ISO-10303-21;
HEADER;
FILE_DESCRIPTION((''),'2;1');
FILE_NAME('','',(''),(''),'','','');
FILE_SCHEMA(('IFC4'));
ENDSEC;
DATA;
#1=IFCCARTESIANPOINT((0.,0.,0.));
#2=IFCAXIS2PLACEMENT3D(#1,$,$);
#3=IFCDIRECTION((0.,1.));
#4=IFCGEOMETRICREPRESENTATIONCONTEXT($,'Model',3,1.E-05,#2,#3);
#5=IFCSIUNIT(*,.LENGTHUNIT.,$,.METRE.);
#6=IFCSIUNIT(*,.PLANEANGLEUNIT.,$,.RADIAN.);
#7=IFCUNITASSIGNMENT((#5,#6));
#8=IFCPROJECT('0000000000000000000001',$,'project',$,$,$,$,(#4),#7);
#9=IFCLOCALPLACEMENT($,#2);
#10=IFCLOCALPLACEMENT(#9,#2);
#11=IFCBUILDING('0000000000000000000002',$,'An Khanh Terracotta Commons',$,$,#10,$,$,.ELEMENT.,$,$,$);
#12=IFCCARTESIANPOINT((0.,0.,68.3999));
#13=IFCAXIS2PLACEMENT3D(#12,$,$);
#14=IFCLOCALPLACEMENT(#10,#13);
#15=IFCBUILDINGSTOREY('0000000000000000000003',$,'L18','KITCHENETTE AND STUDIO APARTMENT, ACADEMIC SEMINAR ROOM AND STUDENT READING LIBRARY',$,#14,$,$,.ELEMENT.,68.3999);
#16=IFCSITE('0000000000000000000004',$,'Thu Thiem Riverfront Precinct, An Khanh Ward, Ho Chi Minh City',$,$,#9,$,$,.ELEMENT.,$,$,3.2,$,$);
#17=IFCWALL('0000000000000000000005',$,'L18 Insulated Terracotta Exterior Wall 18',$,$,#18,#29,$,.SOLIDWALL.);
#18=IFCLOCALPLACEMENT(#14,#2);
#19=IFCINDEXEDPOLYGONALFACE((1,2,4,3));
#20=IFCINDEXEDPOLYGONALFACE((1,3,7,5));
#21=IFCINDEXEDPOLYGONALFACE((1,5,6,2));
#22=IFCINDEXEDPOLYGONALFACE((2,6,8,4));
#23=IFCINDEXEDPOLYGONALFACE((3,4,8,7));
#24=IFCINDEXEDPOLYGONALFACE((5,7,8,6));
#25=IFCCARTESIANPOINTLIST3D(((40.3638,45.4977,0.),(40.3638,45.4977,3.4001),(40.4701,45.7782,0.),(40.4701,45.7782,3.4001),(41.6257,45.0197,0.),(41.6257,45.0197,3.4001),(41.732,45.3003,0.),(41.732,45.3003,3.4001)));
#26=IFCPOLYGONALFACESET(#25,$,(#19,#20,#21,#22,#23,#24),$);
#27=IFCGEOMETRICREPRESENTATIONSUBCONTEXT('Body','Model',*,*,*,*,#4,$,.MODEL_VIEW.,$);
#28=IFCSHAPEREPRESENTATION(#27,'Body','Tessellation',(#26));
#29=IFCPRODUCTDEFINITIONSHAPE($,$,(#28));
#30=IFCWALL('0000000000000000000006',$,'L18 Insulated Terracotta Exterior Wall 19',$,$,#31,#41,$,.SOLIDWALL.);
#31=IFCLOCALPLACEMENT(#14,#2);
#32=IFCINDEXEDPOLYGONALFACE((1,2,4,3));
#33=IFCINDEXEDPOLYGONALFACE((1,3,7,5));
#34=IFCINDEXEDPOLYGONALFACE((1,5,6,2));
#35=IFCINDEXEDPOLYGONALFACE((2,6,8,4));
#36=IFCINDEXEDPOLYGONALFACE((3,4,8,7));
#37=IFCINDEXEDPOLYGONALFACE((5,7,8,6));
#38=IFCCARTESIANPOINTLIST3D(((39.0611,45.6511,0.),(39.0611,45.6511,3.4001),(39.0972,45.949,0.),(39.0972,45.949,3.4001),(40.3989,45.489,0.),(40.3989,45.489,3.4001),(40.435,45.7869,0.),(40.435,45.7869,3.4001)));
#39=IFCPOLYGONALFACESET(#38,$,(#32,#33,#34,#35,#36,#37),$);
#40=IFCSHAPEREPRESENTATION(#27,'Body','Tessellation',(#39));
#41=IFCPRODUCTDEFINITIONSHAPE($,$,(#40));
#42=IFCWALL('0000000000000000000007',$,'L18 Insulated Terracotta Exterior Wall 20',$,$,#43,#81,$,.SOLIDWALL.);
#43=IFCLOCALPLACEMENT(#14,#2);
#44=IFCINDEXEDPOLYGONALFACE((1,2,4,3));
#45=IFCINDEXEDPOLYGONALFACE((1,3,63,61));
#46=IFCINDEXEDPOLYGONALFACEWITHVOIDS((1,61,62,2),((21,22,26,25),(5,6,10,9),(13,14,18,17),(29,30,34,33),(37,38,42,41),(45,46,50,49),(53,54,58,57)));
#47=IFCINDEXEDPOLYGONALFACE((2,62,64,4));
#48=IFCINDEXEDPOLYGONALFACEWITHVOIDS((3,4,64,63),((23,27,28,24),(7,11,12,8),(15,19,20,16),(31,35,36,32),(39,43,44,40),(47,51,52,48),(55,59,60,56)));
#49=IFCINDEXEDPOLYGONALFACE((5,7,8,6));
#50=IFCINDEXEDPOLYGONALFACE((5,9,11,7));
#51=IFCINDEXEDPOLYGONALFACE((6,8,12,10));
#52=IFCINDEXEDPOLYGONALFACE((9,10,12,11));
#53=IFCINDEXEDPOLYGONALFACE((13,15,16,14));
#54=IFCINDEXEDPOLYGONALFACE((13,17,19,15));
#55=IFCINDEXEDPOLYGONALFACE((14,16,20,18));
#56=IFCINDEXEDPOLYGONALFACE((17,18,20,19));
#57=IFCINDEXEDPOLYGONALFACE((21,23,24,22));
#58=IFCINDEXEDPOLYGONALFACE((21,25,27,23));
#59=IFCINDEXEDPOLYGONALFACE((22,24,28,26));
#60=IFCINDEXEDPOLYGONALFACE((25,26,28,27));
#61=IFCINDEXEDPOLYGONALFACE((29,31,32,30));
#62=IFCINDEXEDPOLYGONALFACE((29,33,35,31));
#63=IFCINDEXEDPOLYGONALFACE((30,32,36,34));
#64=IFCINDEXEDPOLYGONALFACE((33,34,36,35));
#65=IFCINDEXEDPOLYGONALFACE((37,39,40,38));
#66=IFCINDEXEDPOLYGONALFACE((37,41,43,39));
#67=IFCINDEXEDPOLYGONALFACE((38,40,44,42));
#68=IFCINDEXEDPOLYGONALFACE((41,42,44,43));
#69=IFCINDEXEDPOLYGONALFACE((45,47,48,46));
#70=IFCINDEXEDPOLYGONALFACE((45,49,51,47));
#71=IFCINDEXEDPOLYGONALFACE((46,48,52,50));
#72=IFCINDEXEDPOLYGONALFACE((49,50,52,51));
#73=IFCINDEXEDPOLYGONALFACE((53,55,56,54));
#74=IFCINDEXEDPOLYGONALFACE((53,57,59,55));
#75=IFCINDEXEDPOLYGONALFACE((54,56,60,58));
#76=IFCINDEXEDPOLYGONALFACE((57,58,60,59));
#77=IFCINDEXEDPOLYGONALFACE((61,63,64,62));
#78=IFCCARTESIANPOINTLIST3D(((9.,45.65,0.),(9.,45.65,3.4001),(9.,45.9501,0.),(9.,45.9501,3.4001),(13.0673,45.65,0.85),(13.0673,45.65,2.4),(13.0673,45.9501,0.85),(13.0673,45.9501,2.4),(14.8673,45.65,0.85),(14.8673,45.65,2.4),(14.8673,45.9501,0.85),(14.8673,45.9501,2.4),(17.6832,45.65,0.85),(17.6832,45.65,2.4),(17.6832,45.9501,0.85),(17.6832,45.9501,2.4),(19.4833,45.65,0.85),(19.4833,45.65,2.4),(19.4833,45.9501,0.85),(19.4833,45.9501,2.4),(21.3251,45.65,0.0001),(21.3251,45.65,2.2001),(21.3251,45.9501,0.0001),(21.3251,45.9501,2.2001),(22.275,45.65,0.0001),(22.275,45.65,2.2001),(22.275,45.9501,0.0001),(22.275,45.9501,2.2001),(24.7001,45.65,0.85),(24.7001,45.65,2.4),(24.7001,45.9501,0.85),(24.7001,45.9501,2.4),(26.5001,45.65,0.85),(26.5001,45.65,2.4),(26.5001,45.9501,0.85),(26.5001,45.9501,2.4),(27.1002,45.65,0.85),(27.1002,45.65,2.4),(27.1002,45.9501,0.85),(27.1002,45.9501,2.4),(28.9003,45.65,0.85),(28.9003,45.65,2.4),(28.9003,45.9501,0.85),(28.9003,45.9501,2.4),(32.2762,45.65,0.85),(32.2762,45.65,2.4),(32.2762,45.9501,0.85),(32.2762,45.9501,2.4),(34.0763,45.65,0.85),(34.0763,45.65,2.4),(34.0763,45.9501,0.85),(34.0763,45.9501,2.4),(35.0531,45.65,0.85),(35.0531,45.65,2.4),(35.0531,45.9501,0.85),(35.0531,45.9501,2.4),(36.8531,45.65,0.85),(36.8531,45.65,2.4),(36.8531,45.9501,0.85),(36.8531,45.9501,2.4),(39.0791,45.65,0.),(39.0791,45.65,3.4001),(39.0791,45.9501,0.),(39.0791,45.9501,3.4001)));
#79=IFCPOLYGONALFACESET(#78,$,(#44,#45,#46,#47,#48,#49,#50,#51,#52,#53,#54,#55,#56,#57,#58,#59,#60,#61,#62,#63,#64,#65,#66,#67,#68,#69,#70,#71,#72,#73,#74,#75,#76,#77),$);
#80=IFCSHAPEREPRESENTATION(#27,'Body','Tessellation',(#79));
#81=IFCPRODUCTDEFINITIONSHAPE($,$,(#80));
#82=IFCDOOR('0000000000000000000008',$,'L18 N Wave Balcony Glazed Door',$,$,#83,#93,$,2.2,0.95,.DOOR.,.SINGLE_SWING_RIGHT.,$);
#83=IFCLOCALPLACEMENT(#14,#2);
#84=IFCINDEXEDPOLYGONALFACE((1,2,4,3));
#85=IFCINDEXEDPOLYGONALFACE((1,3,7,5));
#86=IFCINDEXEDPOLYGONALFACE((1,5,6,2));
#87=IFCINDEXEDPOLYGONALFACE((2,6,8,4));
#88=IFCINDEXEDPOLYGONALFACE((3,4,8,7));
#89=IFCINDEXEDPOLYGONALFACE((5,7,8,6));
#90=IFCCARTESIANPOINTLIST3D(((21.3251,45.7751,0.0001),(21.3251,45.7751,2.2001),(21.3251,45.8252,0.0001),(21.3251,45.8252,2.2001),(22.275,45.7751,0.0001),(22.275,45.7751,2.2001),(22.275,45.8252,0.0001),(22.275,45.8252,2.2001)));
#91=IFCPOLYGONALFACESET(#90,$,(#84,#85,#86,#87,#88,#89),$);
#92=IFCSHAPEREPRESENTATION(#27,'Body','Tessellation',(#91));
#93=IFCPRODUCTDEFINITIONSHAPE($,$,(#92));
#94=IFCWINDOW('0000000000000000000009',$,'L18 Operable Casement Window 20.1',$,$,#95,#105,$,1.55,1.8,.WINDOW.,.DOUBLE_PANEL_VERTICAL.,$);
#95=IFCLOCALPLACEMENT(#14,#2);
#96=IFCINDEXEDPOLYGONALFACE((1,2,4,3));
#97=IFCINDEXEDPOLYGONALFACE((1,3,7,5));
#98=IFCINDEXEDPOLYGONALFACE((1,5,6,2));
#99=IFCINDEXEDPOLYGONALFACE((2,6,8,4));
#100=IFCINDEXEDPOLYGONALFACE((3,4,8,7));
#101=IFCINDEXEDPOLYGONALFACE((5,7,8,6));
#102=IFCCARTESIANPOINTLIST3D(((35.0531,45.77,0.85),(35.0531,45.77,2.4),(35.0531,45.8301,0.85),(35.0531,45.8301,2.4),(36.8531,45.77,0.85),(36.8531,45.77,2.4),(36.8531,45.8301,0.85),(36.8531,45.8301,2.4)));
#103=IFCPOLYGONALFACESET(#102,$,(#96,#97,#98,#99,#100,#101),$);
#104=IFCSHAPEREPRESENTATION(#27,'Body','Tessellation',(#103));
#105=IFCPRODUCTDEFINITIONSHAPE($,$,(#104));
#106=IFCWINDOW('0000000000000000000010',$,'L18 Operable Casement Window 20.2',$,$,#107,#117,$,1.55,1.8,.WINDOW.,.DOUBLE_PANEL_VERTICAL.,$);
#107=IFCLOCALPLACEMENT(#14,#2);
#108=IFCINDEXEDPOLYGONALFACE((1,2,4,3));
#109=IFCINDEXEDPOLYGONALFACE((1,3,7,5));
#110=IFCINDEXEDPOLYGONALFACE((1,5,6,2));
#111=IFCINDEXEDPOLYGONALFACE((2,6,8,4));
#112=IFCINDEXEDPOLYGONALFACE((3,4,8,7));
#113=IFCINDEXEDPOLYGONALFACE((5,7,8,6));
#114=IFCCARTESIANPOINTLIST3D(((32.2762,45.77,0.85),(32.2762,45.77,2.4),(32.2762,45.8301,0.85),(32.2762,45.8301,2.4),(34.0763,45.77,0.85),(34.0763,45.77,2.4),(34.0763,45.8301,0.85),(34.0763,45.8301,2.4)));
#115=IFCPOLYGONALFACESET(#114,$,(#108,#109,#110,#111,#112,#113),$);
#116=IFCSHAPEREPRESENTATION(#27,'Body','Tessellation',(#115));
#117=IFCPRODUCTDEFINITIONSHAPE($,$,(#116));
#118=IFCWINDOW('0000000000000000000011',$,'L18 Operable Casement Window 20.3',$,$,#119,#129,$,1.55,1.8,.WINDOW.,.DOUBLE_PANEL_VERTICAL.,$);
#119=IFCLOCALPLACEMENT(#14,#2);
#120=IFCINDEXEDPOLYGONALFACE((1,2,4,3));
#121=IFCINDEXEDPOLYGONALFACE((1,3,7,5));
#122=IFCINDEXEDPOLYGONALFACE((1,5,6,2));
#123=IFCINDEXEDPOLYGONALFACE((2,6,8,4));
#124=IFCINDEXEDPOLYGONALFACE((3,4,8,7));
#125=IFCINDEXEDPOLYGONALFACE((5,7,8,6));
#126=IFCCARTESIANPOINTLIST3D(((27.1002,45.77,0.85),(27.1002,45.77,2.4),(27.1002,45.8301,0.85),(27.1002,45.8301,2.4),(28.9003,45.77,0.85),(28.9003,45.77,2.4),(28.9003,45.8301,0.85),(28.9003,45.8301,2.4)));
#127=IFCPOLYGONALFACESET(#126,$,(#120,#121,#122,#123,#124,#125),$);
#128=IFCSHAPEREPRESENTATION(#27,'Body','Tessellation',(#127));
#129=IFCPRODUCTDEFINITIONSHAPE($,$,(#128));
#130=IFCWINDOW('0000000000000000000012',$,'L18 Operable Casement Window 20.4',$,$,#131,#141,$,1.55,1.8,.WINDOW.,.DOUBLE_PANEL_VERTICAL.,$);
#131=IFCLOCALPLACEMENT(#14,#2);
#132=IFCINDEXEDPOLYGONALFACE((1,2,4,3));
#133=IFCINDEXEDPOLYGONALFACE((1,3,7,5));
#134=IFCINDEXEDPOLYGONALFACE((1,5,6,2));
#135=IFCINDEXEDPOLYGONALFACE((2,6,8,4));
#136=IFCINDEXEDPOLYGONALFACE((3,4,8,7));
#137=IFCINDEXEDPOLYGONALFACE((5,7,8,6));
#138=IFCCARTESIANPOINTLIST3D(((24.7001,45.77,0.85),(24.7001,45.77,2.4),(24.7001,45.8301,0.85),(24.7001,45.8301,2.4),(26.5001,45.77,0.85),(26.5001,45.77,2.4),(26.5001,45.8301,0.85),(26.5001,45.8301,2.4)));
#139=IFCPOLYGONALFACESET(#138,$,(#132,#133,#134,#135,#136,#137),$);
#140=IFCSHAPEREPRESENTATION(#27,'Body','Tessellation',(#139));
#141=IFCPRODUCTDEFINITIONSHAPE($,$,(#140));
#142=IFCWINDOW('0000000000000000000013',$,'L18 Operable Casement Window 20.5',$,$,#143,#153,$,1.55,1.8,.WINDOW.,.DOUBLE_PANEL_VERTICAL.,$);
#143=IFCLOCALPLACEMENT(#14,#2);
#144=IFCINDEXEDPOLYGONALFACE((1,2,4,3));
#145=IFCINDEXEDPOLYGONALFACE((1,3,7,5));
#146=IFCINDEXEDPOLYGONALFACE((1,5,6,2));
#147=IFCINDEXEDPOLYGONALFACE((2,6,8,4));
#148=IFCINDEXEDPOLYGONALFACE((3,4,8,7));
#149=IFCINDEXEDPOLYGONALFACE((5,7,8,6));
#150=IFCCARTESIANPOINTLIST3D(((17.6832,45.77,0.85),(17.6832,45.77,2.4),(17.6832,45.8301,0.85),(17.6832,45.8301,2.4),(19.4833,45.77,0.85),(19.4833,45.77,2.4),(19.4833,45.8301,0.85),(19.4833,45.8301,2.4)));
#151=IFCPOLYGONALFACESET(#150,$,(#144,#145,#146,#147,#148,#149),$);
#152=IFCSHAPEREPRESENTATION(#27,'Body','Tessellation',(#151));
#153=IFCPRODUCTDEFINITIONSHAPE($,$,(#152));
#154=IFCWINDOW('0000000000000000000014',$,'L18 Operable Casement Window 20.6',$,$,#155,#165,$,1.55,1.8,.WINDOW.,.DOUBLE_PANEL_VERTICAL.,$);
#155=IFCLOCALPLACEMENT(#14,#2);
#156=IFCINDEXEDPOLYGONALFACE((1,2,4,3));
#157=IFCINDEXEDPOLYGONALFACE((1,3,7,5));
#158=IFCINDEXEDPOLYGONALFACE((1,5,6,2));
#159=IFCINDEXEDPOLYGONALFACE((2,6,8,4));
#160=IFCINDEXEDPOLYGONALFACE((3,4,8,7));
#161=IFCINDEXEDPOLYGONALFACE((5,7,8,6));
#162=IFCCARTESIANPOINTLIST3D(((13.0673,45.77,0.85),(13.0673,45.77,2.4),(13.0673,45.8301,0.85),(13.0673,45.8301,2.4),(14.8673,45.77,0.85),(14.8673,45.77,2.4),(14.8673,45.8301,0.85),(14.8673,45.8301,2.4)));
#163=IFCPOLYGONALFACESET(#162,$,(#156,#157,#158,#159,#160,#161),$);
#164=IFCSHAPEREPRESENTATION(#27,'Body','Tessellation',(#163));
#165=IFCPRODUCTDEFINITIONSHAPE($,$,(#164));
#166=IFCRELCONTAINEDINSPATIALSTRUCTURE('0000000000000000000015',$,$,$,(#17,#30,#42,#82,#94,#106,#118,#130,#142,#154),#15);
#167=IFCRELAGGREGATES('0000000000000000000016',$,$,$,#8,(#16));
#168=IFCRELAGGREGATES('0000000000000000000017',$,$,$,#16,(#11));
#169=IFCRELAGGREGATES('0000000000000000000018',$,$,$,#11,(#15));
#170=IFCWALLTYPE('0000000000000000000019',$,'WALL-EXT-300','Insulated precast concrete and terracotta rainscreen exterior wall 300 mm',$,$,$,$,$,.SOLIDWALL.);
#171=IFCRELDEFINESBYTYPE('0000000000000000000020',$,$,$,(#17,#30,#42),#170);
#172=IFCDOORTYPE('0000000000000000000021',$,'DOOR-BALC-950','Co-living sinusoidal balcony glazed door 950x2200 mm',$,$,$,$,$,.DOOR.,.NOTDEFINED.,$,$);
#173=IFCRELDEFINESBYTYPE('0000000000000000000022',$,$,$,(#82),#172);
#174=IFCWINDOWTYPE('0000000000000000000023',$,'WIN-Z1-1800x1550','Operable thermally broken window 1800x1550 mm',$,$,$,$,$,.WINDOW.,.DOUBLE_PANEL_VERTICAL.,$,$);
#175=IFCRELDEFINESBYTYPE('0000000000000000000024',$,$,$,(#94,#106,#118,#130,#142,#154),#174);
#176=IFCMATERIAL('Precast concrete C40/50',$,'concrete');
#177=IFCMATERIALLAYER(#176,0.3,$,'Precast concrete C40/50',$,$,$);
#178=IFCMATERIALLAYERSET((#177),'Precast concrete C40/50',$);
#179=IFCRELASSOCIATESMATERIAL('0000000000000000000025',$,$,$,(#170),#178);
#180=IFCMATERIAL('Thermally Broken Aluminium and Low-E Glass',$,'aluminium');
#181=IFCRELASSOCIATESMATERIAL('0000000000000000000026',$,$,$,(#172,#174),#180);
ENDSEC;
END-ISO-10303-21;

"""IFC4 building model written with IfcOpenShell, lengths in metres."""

from ifc_helpers import new_model, si_unit, direction, frame, frame_2d, origin, place, context, subcontext, project, spatial, rectangle, extrude, material, layer, layer_set, type_object, element, fill, save


model = new_model("IFC4")

# Units and contexts
model_context = context("Model", 3, precision=1e-05, world=origin(), true_north=direction((0.0, 1.0)))
body_context = subcontext(model_context, "Body", "Model", "MODEL_VIEW")
ifc_project = project(units=[si_unit("LENGTHUNIT", "METRE"), si_unit("PLANEANGLEUNIT", "RADIAN")], contexts=[model_context])

# Site, building, storey
site_placement = place(None, origin())
site = spatial("IfcSite", under=ifc_project, at=site_placement, Name="Thu Thiem Riverfront Precinct, An Khanh Ward, Ho Chi Minh City", CompositionType="ELEMENT", RefElevation=3.2)
building_placement = place(site_placement, origin())
building = spatial("IfcBuilding", under=site, at=building_placement, Name="An Khanh Terracotta Commons", CompositionType="ELEMENT")
storey_placement = place(building_placement, frame((0.0, 0.0, 68.3999)))
storey = spatial("IfcBuildingStorey", under=building, at=storey_placement, Name="L18", Description="KITCHENETTE AND STUDIO APARTMENT, ACADEMIC SEMINAR ROOM AND STUDENT READING LIBRARY", CompositionType="ELEMENT", Elevation=68.3999)

# Walls
ifc_material_1 = material(Name="Precast concrete C40/50", Category="concrete")
ifc_layer_1 = layer(ifc_material_1, 0.3, Name="Precast concrete C40/50")
ifc_layer_set_1 = layer_set([ifc_layer_1], Name="Precast concrete C40/50")
wall_type_1 = type_object("IfcWallType", Name="WALL-EXT-300", Description="Insulated precast concrete and terracotta rainscreen exterior wall 300 mm", PredefinedType="SOLIDWALL", material=ifc_layer_set_1)
wall_1_placement = place(storey_placement, frame((41.679, 45.1599, 0.0), z_axis=(0.0, 0.0, 1.0), x_axis=(-0.935157, 0.354234, 0.0)))
element("IfcWall", 1, at=wall_1_placement, inside=storey, type_object=wall_type_1, Name="L18 Insulated Terracotta Exterior Wall 18", PredefinedType="SOLIDWALL", context=body_context, shape_type="SweptSolid", body=[
    extrude(rectangle(XDim=1.3494, YDim=0.3, at=frame_2d((0.6748, 0.0))), origin(), (0.0, 0.0, 1.0), 3.4001),
])
wall_2_placement = place(storey_placement, frame((40.417, 45.6379, 0.0), z_axis=(0.0, 0.0, 1.0), x_axis=(-0.992739, 0.120288, 0.0)))
element("IfcWall", 2, at=wall_2_placement, inside=storey, type_object=wall_type_1, Name="L18 Insulated Terracotta Exterior Wall 19", PredefinedType="SOLIDWALL", context=body_context, shape_type="SweptSolid", body=[
    extrude(rectangle(XDim=1.3477, YDim=0.3, at=frame_2d((0.6738, 0.0))), origin(), (0.0, 0.0, 1.0), 3.4001),
])

# Wall, openings, door, windows
wall_3_placement = place(storey_placement, frame((39.0791, 45.8, 0.0), z_axis=(0.0, 0.0, 1.0), x_axis=(-1.0, 0.0, 0.0)))
wall_3 = element("IfcWall", 3, at=wall_3_placement, inside=storey, type_object=wall_type_1, Name="L18 Insulated Terracotta Exterior Wall 20", PredefinedType="SOLIDWALL", context=body_context, shape_type="SweptSolid", body=[
    extrude(rectangle(XDim=30.0791, YDim=0.3, at=frame_2d((15.0396, 0.0))), origin(), (0.0, 0.0, 1.0), 3.4001),
])
opening_1_placement = place(wall_3_placement, frame((16.804, 0.0, 0.0)))
opening_1 = element("IfcOpeningElement", 4, at=opening_1_placement, cuts=wall_3, PredefinedType="OPENING", context=body_context, shape_type="SweptSolid", body=[
    extrude(rectangle(XDim=0.95, YDim=2.2, at=frame_2d((0.4751, 1.1001))), frame((0.0, 0.1599, 0.0), z_axis=(0.0, -1.0, 0.0), x_axis=(1.0, 0.0, 0.0)), (0.0, 0.0, 1.0), 0.3201),
])
opening_2_placement = place(wall_3_placement, frame((2.2261, 0.0, 0.8501)))
opening_2 = element("IfcOpeningElement", 5, at=opening_2_placement, cuts=wall_3, PredefinedType="OPENING", context=body_context, shape_type="SweptSolid", body=[
    extrude(rectangle(XDim=1.8, YDim=1.55, at=frame_2d((0.8999, 0.7749))), frame((0.0, 0.1599, 0.0), z_axis=(0.0, -1.0, 0.0), x_axis=(1.0, 0.0, 0.0)), (0.0, 0.0, 1.0), 0.3201),
])
opening_3_placement = place(wall_3_placement, frame((5.0029, 0.0, 0.8501)))
opening_3 = element("IfcOpeningElement", 6, at=opening_3_placement, cuts=wall_3, PredefinedType="OPENING", context=body_context, shape_type="SweptSolid", body=[
    extrude(rectangle(XDim=1.8, YDim=1.55, at=frame_2d((0.8999, 0.7749))), frame((0.0, 0.1599, 0.0), z_axis=(0.0, -1.0, 0.0), x_axis=(1.0, 0.0, 0.0)), (0.0, 0.0, 1.0), 0.3201),
])
opening_4_placement = place(wall_3_placement, frame((10.179, 0.0, 0.8501)))
opening_4 = element("IfcOpeningElement", 7, at=opening_4_placement, cuts=wall_3, PredefinedType="OPENING", context=body_context, shape_type="SweptSolid", body=[
    extrude(rectangle(XDim=1.8, YDim=1.55, at=frame_2d((0.8999, 0.7749))), frame((0.0, 0.1599, 0.0), z_axis=(0.0, -1.0, 0.0), x_axis=(1.0, 0.0, 0.0)), (0.0, 0.0, 1.0), 0.3201),
])
opening_5_placement = place(wall_3_placement, frame((12.5791, 0.0, 0.8501)))
opening_5 = element("IfcOpeningElement", 8, at=opening_5_placement, cuts=wall_3, PredefinedType="OPENING", context=body_context, shape_type="SweptSolid", body=[
    extrude(rectangle(XDim=1.8, YDim=1.55, at=frame_2d((0.8999, 0.7749))), frame((0.0, 0.1599, 0.0), z_axis=(0.0, -1.0, 0.0), x_axis=(1.0, 0.0, 0.0)), (0.0, 0.0, 1.0), 0.3201),
])
opening_6_placement = place(wall_3_placement, frame((19.5959, 0.0, 0.8501)))
opening_6 = element("IfcOpeningElement", 9, at=opening_6_placement, cuts=wall_3, PredefinedType="OPENING", context=body_context, shape_type="SweptSolid", body=[
    extrude(rectangle(XDim=1.8, YDim=1.55, at=frame_2d((0.8999, 0.7749))), frame((0.0, 0.1599, 0.0), z_axis=(0.0, -1.0, 0.0), x_axis=(1.0, 0.0, 0.0)), (0.0, 0.0, 1.0), 0.3201),
])
opening_7_placement = place(wall_3_placement, frame((24.2119, 0.0, 0.8501)))
opening_7 = element("IfcOpeningElement", 10, at=opening_7_placement, cuts=wall_3, PredefinedType="OPENING", context=body_context, shape_type="SweptSolid", body=[
    extrude(rectangle(XDim=1.8, YDim=1.55, at=frame_2d((0.8999, 0.7749))), frame((0.0, 0.1599, 0.0), z_axis=(0.0, -1.0, 0.0), x_axis=(1.0, 0.0, 0.0)), (0.0, 0.0, 1.0), 0.3201),
])
ifc_material_2 = material(Name="Thermally Broken Aluminium and Low-E Glass", Category="aluminium")
door_type = type_object("IfcDoorType", Name="DOOR-BALC-950", Description="Co-living sinusoidal balcony glazed door 950x2200 mm", OperationType="NOTDEFINED", PredefinedType="DOOR", material=ifc_material_2)
door_placement = place(opening_1_placement, origin())
door = element("IfcDoor", 11, at=door_placement, inside=storey, type_object=door_type, Name="L18 N Wave Balcony Glazed Door", OperationType="SINGLE_SWING_RIGHT", OverallHeight=2.2, OverallWidth=0.95, PredefinedType="DOOR", context=body_context, shape_type="SweptSolid", body=[
    extrude(rectangle(XDim=0.95, YDim=2.2, at=frame_2d((0.4751, 1.1001))), frame((0.0, 0.0249, 0.0), z_axis=(0.0, -1.0, 0.0), x_axis=(1.0, 0.0, 0.0)), (0.0, 0.0, 1.0), 0.05),
])
fill(opening_1, door)
window_type = type_object("IfcWindowType", Name="WIN-Z1-1800x1550", Description="Operable thermally broken window 1800x1550 mm", PartitioningType="DOUBLE_PANEL_VERTICAL", PredefinedType="WINDOW", material=ifc_material_2)
window_1_placement = place(opening_2_placement, origin())
window_1 = element("IfcWindow", 12, at=window_1_placement, inside=storey, type_object=window_type, Name="L18 Operable Casement Window 20.1", OverallHeight=1.55, OverallWidth=1.8, PartitioningType="DOUBLE_PANEL_VERTICAL", PredefinedType="WINDOW", context=body_context, shape_type="SweptSolid", body=[
    extrude(rectangle(XDim=1.8, YDim=1.55, at=frame_2d((0.8999, 0.7749))), frame((0.0, 0.03, 0.0), z_axis=(0.0, -1.0, 0.0), x_axis=(1.0, 0.0, 0.0)), (0.0, 0.0, 1.0), 0.0601),
])
fill(opening_2, window_1)
window_2_placement = place(opening_3_placement, origin())
window_2 = element("IfcWindow", 13, at=window_2_placement, inside=storey, type_object=window_type, Name="L18 Operable Casement Window 20.2", OverallHeight=1.55, OverallWidth=1.8, PartitioningType="DOUBLE_PANEL_VERTICAL", PredefinedType="WINDOW", context=body_context, shape_type="SweptSolid", body=[
    extrude(rectangle(XDim=1.8, YDim=1.55, at=frame_2d((0.8999, 0.7749))), frame((0.0, 0.03, 0.0), z_axis=(0.0, -1.0, 0.0), x_axis=(1.0, 0.0, 0.0)), (0.0, 0.0, 1.0), 0.0601),
])
fill(opening_3, window_2)
window_3_placement = place(opening_4_placement, origin())
window_3 = element("IfcWindow", 14, at=window_3_placement, inside=storey, type_object=window_type, Name="L18 Operable Casement Window 20.3", OverallHeight=1.55, OverallWidth=1.8, PartitioningType="DOUBLE_PANEL_VERTICAL", PredefinedType="WINDOW", context=body_context, shape_type="SweptSolid", body=[
    extrude(rectangle(XDim=1.8, YDim=1.55, at=frame_2d((0.8999, 0.7749))), frame((0.0, 0.03, 0.0), z_axis=(0.0, -1.0, 0.0), x_axis=(1.0, 0.0, 0.0)), (0.0, 0.0, 1.0), 0.0601),
])
fill(opening_4, window_3)
window_4_placement = place(opening_5_placement, origin())
window_4 = element("IfcWindow", 15, at=window_4_placement, inside=storey, type_object=window_type, Name="L18 Operable Casement Window 20.4", OverallHeight=1.55, OverallWidth=1.8, PartitioningType="DOUBLE_PANEL_VERTICAL", PredefinedType="WINDOW", context=body_context, shape_type="SweptSolid", body=[
    extrude(rectangle(XDim=1.8, YDim=1.55, at=frame_2d((0.8999, 0.7749))), frame((0.0, 0.03, 0.0), z_axis=(0.0, -1.0, 0.0), x_axis=(1.0, 0.0, 0.0)), (0.0, 0.0, 1.0), 0.0601),
])
fill(opening_5, window_4)
window_5_placement = place(opening_6_placement, origin())
window_5 = element("IfcWindow", 16, at=window_5_placement, inside=storey, type_object=window_type, Name="L18 Operable Casement Window 20.5", OverallHeight=1.55, OverallWidth=1.8, PartitioningType="DOUBLE_PANEL_VERTICAL", PredefinedType="WINDOW", context=body_context, shape_type="SweptSolid", body=[
    extrude(rectangle(XDim=1.8, YDim=1.55, at=frame_2d((0.8999, 0.7749))), frame((0.0, 0.03, 0.0), z_axis=(0.0, -1.0, 0.0), x_axis=(1.0, 0.0, 0.0)), (0.0, 0.0, 1.0), 0.0601),
])
fill(opening_6, window_5)
window_6_placement = place(opening_7_placement, origin())
window_6 = element("IfcWindow", 17, at=window_6_placement, inside=storey, type_object=window_type, Name="L18 Operable Casement Window 20.6", OverallHeight=1.55, OverallWidth=1.8, PartitioningType="DOUBLE_PANEL_VERTICAL", PredefinedType="WINDOW", context=body_context, shape_type="SweptSolid", body=[
    extrude(rectangle(XDim=1.8, YDim=1.55, at=frame_2d((0.8999, 0.7749))), frame((0.0, 0.03, 0.0), z_axis=(0.0, -1.0, 0.0), x_axis=(1.0, 0.0, 0.0)), (0.0, 0.0, 1.0), 0.0601),
])
fill(opening_7, window_6)

save(model, "model.ifc")
